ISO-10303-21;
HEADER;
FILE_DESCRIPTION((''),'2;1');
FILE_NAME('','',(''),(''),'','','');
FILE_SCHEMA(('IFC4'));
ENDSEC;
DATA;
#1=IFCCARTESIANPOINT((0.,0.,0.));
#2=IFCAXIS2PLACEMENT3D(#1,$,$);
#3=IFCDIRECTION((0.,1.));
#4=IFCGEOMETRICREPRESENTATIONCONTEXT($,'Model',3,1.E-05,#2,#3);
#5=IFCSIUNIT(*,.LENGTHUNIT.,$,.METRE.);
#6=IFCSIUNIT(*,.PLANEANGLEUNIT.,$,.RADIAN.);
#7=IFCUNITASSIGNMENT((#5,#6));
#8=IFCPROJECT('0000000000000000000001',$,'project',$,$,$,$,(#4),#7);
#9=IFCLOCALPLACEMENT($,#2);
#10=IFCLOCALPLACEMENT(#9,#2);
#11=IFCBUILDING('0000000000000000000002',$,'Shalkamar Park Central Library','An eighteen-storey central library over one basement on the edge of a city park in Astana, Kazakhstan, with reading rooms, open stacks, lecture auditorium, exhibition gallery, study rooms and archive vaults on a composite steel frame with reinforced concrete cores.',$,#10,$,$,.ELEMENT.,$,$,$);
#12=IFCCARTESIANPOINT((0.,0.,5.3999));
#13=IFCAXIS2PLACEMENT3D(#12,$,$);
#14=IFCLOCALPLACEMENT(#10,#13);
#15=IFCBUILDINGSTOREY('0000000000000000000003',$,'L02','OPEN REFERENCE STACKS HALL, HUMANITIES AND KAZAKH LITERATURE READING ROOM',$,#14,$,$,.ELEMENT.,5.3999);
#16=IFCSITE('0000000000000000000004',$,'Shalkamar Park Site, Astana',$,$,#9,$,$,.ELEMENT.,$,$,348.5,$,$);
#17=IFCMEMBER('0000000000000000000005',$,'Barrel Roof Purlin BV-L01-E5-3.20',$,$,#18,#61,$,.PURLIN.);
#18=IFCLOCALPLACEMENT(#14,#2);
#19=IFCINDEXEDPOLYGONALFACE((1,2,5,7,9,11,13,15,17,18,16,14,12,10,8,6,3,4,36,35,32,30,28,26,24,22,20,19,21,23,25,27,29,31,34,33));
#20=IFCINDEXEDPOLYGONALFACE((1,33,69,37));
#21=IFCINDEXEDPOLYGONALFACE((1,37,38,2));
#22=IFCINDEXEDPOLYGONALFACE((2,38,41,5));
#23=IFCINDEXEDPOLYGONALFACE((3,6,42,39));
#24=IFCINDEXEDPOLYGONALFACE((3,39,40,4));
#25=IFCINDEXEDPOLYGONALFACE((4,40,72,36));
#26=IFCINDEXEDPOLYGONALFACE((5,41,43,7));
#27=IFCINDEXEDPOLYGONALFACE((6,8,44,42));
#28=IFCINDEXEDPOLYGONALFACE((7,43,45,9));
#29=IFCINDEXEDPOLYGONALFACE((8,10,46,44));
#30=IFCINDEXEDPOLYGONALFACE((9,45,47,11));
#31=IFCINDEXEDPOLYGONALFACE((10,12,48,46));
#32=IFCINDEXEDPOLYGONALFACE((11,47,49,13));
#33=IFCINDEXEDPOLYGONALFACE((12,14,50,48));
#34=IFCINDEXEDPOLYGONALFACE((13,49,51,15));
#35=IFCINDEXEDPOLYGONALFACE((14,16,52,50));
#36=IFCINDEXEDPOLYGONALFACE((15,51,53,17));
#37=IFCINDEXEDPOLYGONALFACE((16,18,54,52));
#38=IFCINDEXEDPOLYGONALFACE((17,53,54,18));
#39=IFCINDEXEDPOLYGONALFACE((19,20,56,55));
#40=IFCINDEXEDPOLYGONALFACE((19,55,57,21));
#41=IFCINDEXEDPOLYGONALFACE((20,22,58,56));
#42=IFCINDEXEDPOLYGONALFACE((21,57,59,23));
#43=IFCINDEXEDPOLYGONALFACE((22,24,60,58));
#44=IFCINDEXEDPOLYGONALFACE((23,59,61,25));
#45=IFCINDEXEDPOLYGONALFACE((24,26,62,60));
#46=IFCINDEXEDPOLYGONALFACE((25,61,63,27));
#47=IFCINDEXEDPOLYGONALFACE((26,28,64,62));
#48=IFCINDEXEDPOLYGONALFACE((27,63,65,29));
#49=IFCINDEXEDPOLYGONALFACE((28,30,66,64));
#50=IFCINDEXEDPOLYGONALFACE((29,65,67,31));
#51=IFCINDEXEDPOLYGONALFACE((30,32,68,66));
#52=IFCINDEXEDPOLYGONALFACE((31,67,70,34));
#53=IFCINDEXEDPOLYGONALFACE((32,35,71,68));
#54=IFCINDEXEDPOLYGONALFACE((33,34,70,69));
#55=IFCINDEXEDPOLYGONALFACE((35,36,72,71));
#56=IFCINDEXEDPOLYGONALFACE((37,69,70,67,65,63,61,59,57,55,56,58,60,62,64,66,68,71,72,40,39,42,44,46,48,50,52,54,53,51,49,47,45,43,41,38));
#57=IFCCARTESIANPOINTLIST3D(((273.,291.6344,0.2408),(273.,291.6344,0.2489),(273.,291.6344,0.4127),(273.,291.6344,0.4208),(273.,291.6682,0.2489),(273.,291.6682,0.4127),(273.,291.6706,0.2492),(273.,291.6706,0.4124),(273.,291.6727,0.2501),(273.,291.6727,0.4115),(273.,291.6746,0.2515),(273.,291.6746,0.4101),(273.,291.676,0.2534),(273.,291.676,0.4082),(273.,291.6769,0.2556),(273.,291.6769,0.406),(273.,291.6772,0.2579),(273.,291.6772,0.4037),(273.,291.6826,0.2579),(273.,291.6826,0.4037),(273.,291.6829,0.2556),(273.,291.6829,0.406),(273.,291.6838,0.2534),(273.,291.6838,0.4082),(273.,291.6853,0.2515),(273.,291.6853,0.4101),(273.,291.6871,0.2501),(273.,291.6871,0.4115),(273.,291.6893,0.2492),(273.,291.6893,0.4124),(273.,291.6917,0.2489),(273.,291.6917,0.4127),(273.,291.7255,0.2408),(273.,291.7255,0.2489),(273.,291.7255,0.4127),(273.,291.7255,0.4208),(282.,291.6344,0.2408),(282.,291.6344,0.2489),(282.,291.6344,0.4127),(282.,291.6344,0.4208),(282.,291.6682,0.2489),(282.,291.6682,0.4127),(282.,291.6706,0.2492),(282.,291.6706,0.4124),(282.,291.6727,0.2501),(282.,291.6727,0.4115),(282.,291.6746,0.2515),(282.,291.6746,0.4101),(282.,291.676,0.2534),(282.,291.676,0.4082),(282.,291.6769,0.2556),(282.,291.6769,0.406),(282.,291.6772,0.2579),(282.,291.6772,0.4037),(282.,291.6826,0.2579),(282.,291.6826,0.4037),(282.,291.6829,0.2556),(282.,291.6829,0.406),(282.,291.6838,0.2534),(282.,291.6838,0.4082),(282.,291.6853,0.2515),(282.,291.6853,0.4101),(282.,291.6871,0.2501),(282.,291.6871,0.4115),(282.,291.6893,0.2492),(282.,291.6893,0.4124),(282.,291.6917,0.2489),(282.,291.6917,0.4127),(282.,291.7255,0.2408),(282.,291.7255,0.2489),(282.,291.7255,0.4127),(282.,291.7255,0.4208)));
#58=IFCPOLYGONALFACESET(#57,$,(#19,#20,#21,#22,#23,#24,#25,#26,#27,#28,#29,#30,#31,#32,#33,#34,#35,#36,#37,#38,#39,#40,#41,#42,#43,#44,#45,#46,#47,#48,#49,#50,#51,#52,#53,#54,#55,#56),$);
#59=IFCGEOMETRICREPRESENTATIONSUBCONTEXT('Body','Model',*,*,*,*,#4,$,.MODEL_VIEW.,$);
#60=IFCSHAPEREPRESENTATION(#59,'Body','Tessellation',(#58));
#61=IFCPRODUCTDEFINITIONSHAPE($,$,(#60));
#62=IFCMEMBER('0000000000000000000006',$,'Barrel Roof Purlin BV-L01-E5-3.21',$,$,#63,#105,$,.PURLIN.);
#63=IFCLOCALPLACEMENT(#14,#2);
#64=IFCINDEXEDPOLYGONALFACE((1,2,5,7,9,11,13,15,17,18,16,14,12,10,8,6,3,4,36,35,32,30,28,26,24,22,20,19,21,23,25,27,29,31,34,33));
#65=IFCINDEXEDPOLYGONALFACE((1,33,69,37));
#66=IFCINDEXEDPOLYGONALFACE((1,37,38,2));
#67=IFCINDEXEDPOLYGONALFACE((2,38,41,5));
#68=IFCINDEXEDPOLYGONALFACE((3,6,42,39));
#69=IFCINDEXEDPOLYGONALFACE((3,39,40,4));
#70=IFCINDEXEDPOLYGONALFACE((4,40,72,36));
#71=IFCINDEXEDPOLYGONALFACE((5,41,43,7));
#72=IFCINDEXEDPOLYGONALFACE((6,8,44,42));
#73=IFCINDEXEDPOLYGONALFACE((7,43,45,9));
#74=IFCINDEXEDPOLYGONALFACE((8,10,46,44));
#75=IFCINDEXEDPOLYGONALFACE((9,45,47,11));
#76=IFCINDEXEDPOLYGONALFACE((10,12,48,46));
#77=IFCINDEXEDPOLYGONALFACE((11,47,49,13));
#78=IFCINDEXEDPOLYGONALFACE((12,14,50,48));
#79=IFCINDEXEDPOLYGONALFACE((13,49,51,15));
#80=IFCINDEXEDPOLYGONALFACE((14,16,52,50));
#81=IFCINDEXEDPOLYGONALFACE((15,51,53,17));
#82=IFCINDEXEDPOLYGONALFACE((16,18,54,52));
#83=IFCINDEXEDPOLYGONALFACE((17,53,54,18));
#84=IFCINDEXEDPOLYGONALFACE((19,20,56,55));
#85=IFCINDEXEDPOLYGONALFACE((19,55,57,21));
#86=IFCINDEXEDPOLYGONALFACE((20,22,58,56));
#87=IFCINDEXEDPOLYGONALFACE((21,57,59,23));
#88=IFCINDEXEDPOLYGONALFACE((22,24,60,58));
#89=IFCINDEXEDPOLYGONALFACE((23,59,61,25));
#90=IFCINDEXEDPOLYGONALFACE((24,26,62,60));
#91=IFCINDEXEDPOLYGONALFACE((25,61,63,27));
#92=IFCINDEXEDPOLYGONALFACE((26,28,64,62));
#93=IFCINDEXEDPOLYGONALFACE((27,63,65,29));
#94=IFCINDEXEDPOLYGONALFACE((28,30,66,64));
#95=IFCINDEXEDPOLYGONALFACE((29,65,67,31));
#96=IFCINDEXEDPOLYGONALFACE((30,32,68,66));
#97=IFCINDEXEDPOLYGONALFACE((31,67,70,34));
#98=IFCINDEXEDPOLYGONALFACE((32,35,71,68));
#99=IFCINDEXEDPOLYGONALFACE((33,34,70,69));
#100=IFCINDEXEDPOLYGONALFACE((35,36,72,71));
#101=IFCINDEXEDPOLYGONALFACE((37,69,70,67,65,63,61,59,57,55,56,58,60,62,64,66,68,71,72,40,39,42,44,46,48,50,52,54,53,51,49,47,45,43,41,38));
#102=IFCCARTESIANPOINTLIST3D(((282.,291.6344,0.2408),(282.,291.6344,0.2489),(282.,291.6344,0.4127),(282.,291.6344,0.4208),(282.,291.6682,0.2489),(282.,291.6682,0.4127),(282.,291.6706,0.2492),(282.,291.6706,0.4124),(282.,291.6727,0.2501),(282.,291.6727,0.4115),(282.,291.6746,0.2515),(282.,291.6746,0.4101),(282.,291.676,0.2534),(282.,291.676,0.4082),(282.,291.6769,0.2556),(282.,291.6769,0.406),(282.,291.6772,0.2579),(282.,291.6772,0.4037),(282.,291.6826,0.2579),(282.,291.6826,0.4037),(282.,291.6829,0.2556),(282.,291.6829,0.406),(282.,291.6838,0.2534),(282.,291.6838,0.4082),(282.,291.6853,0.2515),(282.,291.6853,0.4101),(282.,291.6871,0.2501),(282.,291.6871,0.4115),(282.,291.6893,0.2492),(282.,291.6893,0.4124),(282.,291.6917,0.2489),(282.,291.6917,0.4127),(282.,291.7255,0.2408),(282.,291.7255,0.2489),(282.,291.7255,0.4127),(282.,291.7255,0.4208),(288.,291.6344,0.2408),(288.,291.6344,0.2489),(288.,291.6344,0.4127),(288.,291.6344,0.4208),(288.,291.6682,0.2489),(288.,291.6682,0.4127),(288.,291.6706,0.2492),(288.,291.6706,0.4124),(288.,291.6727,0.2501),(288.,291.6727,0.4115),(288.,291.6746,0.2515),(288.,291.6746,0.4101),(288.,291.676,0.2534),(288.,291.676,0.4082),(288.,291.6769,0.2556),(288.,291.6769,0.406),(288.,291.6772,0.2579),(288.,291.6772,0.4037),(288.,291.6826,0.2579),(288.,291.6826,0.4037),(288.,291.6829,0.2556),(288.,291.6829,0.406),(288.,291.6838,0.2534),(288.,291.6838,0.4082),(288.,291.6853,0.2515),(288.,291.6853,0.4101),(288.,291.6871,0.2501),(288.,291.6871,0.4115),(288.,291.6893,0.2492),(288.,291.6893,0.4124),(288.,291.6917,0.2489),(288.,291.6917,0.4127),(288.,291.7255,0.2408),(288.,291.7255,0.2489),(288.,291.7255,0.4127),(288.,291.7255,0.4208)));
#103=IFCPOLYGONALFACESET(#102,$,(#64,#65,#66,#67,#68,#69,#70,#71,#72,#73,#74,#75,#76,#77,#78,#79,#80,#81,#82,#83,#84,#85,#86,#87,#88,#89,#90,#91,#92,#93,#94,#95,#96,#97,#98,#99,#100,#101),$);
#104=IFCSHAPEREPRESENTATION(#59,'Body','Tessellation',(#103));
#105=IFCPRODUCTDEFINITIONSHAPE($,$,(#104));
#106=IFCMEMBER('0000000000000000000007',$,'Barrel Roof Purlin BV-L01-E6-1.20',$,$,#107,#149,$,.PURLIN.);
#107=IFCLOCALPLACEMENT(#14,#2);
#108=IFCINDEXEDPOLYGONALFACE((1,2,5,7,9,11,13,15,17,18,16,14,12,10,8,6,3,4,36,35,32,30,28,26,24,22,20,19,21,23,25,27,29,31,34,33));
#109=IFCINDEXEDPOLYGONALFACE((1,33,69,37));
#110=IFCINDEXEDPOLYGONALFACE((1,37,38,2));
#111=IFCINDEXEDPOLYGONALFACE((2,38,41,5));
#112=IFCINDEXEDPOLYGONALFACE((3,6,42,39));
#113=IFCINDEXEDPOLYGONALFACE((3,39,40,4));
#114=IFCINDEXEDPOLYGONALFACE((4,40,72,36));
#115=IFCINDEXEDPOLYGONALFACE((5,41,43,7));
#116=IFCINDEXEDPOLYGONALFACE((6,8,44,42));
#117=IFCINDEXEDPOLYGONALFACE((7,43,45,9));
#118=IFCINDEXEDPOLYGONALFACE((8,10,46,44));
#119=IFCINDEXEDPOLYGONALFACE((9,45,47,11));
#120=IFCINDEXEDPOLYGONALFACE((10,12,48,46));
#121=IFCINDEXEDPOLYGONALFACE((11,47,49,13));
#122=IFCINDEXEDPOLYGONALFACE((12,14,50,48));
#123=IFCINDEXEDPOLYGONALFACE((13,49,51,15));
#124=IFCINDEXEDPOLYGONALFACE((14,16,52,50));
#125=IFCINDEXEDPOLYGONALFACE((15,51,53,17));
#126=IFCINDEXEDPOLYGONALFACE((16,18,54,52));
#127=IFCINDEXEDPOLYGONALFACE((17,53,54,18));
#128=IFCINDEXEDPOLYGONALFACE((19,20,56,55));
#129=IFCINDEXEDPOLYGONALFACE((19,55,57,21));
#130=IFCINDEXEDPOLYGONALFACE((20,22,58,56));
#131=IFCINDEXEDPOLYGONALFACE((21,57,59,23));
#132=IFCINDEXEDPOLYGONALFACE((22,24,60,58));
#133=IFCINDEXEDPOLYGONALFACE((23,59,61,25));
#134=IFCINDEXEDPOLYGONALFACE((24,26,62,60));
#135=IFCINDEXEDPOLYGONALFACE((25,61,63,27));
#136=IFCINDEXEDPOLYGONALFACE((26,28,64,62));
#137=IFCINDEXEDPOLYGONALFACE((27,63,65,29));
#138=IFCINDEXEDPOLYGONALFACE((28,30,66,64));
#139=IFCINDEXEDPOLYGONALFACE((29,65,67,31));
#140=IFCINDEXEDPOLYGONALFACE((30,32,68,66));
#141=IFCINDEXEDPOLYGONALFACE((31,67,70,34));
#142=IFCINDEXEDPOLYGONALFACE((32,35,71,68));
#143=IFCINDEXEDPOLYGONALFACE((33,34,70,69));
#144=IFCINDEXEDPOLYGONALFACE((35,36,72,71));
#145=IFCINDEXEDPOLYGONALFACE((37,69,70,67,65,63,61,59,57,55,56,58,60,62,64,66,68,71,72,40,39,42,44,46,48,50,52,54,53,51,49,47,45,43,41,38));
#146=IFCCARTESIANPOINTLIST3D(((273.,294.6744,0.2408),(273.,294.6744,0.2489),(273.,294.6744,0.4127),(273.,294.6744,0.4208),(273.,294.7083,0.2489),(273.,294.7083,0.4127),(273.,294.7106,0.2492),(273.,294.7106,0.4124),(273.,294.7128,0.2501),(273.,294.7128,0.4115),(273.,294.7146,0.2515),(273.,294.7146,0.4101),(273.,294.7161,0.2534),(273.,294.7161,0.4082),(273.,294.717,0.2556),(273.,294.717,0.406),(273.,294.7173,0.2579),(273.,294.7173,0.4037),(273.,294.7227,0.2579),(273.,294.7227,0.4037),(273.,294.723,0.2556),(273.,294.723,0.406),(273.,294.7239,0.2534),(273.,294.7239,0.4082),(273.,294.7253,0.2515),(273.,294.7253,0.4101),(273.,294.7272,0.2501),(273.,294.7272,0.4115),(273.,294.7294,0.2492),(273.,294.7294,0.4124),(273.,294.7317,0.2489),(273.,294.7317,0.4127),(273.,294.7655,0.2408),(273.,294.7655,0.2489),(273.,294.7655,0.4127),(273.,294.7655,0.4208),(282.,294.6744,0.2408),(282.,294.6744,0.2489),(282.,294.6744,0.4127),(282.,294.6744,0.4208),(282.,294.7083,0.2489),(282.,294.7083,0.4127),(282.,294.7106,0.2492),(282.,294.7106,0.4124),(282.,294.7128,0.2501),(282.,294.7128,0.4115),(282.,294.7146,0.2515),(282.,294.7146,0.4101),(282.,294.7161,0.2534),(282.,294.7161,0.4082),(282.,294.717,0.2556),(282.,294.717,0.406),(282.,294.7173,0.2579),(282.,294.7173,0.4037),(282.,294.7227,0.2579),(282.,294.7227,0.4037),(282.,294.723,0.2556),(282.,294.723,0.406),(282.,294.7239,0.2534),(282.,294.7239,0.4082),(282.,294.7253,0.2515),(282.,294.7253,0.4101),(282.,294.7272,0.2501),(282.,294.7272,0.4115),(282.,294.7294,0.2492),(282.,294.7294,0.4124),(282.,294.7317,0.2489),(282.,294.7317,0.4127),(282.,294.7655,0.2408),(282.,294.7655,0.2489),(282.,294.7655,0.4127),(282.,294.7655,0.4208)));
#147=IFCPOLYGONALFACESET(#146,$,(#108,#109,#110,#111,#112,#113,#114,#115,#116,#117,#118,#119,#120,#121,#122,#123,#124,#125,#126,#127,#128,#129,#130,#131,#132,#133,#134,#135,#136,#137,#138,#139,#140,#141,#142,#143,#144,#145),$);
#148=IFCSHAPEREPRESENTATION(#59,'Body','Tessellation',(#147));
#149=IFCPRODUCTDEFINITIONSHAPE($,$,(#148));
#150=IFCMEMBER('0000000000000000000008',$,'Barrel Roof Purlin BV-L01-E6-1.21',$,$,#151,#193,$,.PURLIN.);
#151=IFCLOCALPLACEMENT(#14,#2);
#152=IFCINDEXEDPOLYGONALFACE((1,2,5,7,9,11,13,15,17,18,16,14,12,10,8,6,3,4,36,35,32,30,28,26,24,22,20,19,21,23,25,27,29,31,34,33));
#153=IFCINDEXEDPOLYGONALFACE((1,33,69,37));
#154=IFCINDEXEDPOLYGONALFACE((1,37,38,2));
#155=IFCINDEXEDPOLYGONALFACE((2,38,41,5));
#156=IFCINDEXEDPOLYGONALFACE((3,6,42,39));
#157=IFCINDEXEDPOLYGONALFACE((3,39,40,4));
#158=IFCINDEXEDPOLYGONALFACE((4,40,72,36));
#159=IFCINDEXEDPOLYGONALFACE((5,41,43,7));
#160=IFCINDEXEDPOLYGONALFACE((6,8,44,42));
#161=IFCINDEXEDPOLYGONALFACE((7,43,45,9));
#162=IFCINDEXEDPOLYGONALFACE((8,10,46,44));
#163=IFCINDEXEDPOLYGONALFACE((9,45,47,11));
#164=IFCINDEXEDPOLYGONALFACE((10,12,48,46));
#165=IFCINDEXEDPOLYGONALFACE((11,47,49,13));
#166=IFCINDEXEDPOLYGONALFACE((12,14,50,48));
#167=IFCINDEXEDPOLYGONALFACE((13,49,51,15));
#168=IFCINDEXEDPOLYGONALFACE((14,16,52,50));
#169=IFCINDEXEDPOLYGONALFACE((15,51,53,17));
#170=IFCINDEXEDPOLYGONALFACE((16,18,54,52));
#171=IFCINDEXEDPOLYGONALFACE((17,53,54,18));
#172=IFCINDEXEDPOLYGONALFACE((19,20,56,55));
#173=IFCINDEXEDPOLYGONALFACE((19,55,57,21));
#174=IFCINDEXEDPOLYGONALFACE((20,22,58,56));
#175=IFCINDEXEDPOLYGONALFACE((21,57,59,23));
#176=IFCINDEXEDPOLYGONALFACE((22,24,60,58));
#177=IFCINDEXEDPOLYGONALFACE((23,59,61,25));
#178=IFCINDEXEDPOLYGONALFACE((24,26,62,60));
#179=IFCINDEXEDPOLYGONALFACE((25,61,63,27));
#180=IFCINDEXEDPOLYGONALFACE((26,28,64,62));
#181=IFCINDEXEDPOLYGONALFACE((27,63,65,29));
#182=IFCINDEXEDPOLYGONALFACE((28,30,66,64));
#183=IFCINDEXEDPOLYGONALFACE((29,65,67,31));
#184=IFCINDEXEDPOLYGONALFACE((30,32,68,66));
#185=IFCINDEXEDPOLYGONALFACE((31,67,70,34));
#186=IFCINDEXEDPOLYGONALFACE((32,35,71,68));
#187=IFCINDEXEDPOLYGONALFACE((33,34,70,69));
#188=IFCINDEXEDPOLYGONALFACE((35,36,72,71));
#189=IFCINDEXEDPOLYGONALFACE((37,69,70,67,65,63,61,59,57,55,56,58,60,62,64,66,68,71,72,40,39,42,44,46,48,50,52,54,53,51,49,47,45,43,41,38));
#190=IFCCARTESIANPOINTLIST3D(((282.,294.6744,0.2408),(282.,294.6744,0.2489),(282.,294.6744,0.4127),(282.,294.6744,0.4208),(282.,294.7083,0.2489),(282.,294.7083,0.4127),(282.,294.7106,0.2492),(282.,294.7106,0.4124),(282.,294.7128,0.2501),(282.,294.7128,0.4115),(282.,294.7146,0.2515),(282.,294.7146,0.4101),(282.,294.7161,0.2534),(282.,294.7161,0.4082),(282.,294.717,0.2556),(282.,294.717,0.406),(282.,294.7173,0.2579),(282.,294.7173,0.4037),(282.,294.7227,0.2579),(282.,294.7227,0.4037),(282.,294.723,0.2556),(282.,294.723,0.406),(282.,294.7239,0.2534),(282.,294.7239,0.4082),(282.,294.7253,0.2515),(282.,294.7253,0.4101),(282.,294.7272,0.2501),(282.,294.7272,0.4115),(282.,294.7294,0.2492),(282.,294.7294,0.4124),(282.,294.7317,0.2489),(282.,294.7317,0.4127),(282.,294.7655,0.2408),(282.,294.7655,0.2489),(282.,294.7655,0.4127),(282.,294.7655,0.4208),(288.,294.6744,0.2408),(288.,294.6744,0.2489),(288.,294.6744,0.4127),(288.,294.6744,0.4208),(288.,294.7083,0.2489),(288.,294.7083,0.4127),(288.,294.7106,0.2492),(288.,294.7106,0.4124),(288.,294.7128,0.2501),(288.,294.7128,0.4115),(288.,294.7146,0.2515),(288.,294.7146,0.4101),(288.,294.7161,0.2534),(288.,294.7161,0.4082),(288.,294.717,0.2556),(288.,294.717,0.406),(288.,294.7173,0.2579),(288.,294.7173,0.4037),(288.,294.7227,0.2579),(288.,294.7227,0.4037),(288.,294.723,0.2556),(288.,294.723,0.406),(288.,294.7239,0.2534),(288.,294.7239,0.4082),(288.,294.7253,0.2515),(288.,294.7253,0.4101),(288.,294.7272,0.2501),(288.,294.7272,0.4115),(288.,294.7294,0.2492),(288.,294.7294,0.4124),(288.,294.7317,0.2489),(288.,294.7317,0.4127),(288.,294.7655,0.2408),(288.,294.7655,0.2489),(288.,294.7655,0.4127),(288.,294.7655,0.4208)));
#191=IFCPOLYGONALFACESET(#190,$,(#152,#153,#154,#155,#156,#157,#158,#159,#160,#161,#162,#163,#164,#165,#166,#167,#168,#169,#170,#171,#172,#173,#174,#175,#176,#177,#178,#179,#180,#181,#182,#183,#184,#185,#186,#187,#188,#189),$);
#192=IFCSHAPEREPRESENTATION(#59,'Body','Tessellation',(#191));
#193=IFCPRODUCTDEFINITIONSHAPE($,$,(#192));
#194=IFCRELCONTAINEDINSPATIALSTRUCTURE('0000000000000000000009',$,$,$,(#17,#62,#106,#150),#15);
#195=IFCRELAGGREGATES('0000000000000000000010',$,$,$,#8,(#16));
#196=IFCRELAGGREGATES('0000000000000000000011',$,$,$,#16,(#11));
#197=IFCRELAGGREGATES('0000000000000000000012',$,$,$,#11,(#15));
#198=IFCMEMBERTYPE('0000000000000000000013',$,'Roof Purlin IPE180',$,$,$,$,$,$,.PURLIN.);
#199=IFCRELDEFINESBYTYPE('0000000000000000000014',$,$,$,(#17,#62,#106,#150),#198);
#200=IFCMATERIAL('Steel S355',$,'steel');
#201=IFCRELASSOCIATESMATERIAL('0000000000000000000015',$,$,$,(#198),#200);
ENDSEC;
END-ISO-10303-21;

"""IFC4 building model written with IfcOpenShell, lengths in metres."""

from ifc_helpers import new_model, si_unit, direction, frame, origin, origin_2d, place, context, subcontext, project, spatial, i_section, extrude, material, material_profile, profile_set, type_object, element, save


model = new_model("IFC4")

# Units and contexts
model_context = context("Model", 3, precision=1e-05, world=origin(), true_north=direction((0.0, 1.0)))
body_context = subcontext(model_context, "Body", "Model", "MODEL_VIEW")
ifc_project = project(units=[si_unit("LENGTHUNIT", "METRE"), si_unit("PLANEANGLEUNIT", "RADIAN")], contexts=[model_context])

# Site, building, storey
site_placement = place(None, origin())
site = spatial("IfcSite", under=ifc_project, at=site_placement, Name="Shalkamar Park Site, Astana", CompositionType="ELEMENT", RefElevation=348.5)
building_placement = place(site_placement, origin())
building = spatial("IfcBuilding", under=site, at=building_placement, Name="Shalkamar Park Central Library", Description="An eighteen-storey central library over one basement on the edge of a city park in Astana, Kazakhstan, with reading rooms, open stacks, lecture auditorium, exhibition gallery, study rooms and archive vaults on a composite steel frame with reinforced concrete cores.", CompositionType="ELEMENT")
storey_placement = place(building_placement, frame((0.0, 0.0, 5.3999)))
storey = spatial("IfcBuildingStorey", under=building, at=storey_placement, Name="L02", Description="OPEN REFERENCE STACKS HALL, HUMANITIES AND KAZAKH LITERATURE READING ROOM", CompositionType="ELEMENT", Elevation=5.3999)

# Shared definitions
ifc_material_1 = material(Name="Steel S355", Category="steel")

# Members
ifc_material_profile_1 = material_profile(ifc_material_1, i_section(OverallWidth=0.0911, OverallDepth=0.1799, WebThickness=0.0054, FlangeThickness=0.0081, FilletRadius=0.009, at=origin_2d()), Name="IPE 180")
ifc_profile_set_1 = profile_set([ifc_material_profile_1], Name="Steel S355")
member_type_1 = type_object("IfcMemberType", Name="Roof Purlin IPE180", PredefinedType="PURLIN", material=ifc_profile_set_1)
member_1_placement = place(storey_placement, frame((273.0, 291.6799, 0.3308), z_axis=(1.0, 0.0, 0.0), x_axis=(0.0, 1.0, 0.0)))
element("IfcMember", 1, at=member_1_placement, inside=storey, type_object=member_type_1, Name="Barrel Roof Purlin BV-L01-E5-3.20", PredefinedType="PURLIN", context=body_context, shape_type="SweptSolid", body=[
    extrude(i_section(OverallWidth=0.0911, OverallDepth=0.1799, WebThickness=0.0054, FlangeThickness=0.0081, FilletRadius=0.009, at=origin_2d()), origin(), (0.0, 0.0, 1.0), 9.0),
])
member_2_placement = place(storey_placement, frame((282.0, 291.6799, 0.3308), z_axis=(1.0, 0.0, 0.0), x_axis=(0.0, 1.0, 0.0)))
element("IfcMember", 2, at=member_2_placement, inside=storey, type_object=member_type_1, Name="Barrel Roof Purlin BV-L01-E5-3.21", PredefinedType="PURLIN", context=body_context, shape_type="SweptSolid", body=[
    extrude(i_section(OverallWidth=0.0911, OverallDepth=0.1799, WebThickness=0.0054, FlangeThickness=0.0081, FilletRadius=0.009, at=origin_2d()), origin(), (0.0, 0.0, 1.0), 6.0),
])
member_3_placement = place(storey_placement, frame((273.0, 294.72, 0.3308), z_axis=(1.0, 0.0, 0.0), x_axis=(0.0, 1.0, 0.0)))
element("IfcMember", 3, at=member_3_placement, inside=storey, type_object=member_type_1, Name="Barrel Roof Purlin BV-L01-E6-1.20", PredefinedType="PURLIN", context=body_context, shape_type="SweptSolid", body=[
    extrude(i_section(OverallWidth=0.0911, OverallDepth=0.1799, WebThickness=0.0054, FlangeThickness=0.0081, FilletRadius=0.009, at=origin_2d()), origin(), (0.0, 0.0, 1.0), 9.0),
])
member_4_placement = place(storey_placement, frame((282.0, 294.72, 0.3308), z_axis=(1.0, 0.0, 0.0), x_axis=(0.0, 1.0, 0.0)))
element("IfcMember", 4, at=member_4_placement, inside=storey, type_object=member_type_1, Name="Barrel Roof Purlin BV-L01-E6-1.21", PredefinedType="PURLIN", context=body_context, shape_type="SweptSolid", body=[
    extrude(i_section(OverallWidth=0.0911, OverallDepth=0.1799, WebThickness=0.0054, FlangeThickness=0.0081, FilletRadius=0.009, at=origin_2d()), origin(), (0.0, 0.0, 1.0), 6.0),
])

save(model, "model.ifc")
